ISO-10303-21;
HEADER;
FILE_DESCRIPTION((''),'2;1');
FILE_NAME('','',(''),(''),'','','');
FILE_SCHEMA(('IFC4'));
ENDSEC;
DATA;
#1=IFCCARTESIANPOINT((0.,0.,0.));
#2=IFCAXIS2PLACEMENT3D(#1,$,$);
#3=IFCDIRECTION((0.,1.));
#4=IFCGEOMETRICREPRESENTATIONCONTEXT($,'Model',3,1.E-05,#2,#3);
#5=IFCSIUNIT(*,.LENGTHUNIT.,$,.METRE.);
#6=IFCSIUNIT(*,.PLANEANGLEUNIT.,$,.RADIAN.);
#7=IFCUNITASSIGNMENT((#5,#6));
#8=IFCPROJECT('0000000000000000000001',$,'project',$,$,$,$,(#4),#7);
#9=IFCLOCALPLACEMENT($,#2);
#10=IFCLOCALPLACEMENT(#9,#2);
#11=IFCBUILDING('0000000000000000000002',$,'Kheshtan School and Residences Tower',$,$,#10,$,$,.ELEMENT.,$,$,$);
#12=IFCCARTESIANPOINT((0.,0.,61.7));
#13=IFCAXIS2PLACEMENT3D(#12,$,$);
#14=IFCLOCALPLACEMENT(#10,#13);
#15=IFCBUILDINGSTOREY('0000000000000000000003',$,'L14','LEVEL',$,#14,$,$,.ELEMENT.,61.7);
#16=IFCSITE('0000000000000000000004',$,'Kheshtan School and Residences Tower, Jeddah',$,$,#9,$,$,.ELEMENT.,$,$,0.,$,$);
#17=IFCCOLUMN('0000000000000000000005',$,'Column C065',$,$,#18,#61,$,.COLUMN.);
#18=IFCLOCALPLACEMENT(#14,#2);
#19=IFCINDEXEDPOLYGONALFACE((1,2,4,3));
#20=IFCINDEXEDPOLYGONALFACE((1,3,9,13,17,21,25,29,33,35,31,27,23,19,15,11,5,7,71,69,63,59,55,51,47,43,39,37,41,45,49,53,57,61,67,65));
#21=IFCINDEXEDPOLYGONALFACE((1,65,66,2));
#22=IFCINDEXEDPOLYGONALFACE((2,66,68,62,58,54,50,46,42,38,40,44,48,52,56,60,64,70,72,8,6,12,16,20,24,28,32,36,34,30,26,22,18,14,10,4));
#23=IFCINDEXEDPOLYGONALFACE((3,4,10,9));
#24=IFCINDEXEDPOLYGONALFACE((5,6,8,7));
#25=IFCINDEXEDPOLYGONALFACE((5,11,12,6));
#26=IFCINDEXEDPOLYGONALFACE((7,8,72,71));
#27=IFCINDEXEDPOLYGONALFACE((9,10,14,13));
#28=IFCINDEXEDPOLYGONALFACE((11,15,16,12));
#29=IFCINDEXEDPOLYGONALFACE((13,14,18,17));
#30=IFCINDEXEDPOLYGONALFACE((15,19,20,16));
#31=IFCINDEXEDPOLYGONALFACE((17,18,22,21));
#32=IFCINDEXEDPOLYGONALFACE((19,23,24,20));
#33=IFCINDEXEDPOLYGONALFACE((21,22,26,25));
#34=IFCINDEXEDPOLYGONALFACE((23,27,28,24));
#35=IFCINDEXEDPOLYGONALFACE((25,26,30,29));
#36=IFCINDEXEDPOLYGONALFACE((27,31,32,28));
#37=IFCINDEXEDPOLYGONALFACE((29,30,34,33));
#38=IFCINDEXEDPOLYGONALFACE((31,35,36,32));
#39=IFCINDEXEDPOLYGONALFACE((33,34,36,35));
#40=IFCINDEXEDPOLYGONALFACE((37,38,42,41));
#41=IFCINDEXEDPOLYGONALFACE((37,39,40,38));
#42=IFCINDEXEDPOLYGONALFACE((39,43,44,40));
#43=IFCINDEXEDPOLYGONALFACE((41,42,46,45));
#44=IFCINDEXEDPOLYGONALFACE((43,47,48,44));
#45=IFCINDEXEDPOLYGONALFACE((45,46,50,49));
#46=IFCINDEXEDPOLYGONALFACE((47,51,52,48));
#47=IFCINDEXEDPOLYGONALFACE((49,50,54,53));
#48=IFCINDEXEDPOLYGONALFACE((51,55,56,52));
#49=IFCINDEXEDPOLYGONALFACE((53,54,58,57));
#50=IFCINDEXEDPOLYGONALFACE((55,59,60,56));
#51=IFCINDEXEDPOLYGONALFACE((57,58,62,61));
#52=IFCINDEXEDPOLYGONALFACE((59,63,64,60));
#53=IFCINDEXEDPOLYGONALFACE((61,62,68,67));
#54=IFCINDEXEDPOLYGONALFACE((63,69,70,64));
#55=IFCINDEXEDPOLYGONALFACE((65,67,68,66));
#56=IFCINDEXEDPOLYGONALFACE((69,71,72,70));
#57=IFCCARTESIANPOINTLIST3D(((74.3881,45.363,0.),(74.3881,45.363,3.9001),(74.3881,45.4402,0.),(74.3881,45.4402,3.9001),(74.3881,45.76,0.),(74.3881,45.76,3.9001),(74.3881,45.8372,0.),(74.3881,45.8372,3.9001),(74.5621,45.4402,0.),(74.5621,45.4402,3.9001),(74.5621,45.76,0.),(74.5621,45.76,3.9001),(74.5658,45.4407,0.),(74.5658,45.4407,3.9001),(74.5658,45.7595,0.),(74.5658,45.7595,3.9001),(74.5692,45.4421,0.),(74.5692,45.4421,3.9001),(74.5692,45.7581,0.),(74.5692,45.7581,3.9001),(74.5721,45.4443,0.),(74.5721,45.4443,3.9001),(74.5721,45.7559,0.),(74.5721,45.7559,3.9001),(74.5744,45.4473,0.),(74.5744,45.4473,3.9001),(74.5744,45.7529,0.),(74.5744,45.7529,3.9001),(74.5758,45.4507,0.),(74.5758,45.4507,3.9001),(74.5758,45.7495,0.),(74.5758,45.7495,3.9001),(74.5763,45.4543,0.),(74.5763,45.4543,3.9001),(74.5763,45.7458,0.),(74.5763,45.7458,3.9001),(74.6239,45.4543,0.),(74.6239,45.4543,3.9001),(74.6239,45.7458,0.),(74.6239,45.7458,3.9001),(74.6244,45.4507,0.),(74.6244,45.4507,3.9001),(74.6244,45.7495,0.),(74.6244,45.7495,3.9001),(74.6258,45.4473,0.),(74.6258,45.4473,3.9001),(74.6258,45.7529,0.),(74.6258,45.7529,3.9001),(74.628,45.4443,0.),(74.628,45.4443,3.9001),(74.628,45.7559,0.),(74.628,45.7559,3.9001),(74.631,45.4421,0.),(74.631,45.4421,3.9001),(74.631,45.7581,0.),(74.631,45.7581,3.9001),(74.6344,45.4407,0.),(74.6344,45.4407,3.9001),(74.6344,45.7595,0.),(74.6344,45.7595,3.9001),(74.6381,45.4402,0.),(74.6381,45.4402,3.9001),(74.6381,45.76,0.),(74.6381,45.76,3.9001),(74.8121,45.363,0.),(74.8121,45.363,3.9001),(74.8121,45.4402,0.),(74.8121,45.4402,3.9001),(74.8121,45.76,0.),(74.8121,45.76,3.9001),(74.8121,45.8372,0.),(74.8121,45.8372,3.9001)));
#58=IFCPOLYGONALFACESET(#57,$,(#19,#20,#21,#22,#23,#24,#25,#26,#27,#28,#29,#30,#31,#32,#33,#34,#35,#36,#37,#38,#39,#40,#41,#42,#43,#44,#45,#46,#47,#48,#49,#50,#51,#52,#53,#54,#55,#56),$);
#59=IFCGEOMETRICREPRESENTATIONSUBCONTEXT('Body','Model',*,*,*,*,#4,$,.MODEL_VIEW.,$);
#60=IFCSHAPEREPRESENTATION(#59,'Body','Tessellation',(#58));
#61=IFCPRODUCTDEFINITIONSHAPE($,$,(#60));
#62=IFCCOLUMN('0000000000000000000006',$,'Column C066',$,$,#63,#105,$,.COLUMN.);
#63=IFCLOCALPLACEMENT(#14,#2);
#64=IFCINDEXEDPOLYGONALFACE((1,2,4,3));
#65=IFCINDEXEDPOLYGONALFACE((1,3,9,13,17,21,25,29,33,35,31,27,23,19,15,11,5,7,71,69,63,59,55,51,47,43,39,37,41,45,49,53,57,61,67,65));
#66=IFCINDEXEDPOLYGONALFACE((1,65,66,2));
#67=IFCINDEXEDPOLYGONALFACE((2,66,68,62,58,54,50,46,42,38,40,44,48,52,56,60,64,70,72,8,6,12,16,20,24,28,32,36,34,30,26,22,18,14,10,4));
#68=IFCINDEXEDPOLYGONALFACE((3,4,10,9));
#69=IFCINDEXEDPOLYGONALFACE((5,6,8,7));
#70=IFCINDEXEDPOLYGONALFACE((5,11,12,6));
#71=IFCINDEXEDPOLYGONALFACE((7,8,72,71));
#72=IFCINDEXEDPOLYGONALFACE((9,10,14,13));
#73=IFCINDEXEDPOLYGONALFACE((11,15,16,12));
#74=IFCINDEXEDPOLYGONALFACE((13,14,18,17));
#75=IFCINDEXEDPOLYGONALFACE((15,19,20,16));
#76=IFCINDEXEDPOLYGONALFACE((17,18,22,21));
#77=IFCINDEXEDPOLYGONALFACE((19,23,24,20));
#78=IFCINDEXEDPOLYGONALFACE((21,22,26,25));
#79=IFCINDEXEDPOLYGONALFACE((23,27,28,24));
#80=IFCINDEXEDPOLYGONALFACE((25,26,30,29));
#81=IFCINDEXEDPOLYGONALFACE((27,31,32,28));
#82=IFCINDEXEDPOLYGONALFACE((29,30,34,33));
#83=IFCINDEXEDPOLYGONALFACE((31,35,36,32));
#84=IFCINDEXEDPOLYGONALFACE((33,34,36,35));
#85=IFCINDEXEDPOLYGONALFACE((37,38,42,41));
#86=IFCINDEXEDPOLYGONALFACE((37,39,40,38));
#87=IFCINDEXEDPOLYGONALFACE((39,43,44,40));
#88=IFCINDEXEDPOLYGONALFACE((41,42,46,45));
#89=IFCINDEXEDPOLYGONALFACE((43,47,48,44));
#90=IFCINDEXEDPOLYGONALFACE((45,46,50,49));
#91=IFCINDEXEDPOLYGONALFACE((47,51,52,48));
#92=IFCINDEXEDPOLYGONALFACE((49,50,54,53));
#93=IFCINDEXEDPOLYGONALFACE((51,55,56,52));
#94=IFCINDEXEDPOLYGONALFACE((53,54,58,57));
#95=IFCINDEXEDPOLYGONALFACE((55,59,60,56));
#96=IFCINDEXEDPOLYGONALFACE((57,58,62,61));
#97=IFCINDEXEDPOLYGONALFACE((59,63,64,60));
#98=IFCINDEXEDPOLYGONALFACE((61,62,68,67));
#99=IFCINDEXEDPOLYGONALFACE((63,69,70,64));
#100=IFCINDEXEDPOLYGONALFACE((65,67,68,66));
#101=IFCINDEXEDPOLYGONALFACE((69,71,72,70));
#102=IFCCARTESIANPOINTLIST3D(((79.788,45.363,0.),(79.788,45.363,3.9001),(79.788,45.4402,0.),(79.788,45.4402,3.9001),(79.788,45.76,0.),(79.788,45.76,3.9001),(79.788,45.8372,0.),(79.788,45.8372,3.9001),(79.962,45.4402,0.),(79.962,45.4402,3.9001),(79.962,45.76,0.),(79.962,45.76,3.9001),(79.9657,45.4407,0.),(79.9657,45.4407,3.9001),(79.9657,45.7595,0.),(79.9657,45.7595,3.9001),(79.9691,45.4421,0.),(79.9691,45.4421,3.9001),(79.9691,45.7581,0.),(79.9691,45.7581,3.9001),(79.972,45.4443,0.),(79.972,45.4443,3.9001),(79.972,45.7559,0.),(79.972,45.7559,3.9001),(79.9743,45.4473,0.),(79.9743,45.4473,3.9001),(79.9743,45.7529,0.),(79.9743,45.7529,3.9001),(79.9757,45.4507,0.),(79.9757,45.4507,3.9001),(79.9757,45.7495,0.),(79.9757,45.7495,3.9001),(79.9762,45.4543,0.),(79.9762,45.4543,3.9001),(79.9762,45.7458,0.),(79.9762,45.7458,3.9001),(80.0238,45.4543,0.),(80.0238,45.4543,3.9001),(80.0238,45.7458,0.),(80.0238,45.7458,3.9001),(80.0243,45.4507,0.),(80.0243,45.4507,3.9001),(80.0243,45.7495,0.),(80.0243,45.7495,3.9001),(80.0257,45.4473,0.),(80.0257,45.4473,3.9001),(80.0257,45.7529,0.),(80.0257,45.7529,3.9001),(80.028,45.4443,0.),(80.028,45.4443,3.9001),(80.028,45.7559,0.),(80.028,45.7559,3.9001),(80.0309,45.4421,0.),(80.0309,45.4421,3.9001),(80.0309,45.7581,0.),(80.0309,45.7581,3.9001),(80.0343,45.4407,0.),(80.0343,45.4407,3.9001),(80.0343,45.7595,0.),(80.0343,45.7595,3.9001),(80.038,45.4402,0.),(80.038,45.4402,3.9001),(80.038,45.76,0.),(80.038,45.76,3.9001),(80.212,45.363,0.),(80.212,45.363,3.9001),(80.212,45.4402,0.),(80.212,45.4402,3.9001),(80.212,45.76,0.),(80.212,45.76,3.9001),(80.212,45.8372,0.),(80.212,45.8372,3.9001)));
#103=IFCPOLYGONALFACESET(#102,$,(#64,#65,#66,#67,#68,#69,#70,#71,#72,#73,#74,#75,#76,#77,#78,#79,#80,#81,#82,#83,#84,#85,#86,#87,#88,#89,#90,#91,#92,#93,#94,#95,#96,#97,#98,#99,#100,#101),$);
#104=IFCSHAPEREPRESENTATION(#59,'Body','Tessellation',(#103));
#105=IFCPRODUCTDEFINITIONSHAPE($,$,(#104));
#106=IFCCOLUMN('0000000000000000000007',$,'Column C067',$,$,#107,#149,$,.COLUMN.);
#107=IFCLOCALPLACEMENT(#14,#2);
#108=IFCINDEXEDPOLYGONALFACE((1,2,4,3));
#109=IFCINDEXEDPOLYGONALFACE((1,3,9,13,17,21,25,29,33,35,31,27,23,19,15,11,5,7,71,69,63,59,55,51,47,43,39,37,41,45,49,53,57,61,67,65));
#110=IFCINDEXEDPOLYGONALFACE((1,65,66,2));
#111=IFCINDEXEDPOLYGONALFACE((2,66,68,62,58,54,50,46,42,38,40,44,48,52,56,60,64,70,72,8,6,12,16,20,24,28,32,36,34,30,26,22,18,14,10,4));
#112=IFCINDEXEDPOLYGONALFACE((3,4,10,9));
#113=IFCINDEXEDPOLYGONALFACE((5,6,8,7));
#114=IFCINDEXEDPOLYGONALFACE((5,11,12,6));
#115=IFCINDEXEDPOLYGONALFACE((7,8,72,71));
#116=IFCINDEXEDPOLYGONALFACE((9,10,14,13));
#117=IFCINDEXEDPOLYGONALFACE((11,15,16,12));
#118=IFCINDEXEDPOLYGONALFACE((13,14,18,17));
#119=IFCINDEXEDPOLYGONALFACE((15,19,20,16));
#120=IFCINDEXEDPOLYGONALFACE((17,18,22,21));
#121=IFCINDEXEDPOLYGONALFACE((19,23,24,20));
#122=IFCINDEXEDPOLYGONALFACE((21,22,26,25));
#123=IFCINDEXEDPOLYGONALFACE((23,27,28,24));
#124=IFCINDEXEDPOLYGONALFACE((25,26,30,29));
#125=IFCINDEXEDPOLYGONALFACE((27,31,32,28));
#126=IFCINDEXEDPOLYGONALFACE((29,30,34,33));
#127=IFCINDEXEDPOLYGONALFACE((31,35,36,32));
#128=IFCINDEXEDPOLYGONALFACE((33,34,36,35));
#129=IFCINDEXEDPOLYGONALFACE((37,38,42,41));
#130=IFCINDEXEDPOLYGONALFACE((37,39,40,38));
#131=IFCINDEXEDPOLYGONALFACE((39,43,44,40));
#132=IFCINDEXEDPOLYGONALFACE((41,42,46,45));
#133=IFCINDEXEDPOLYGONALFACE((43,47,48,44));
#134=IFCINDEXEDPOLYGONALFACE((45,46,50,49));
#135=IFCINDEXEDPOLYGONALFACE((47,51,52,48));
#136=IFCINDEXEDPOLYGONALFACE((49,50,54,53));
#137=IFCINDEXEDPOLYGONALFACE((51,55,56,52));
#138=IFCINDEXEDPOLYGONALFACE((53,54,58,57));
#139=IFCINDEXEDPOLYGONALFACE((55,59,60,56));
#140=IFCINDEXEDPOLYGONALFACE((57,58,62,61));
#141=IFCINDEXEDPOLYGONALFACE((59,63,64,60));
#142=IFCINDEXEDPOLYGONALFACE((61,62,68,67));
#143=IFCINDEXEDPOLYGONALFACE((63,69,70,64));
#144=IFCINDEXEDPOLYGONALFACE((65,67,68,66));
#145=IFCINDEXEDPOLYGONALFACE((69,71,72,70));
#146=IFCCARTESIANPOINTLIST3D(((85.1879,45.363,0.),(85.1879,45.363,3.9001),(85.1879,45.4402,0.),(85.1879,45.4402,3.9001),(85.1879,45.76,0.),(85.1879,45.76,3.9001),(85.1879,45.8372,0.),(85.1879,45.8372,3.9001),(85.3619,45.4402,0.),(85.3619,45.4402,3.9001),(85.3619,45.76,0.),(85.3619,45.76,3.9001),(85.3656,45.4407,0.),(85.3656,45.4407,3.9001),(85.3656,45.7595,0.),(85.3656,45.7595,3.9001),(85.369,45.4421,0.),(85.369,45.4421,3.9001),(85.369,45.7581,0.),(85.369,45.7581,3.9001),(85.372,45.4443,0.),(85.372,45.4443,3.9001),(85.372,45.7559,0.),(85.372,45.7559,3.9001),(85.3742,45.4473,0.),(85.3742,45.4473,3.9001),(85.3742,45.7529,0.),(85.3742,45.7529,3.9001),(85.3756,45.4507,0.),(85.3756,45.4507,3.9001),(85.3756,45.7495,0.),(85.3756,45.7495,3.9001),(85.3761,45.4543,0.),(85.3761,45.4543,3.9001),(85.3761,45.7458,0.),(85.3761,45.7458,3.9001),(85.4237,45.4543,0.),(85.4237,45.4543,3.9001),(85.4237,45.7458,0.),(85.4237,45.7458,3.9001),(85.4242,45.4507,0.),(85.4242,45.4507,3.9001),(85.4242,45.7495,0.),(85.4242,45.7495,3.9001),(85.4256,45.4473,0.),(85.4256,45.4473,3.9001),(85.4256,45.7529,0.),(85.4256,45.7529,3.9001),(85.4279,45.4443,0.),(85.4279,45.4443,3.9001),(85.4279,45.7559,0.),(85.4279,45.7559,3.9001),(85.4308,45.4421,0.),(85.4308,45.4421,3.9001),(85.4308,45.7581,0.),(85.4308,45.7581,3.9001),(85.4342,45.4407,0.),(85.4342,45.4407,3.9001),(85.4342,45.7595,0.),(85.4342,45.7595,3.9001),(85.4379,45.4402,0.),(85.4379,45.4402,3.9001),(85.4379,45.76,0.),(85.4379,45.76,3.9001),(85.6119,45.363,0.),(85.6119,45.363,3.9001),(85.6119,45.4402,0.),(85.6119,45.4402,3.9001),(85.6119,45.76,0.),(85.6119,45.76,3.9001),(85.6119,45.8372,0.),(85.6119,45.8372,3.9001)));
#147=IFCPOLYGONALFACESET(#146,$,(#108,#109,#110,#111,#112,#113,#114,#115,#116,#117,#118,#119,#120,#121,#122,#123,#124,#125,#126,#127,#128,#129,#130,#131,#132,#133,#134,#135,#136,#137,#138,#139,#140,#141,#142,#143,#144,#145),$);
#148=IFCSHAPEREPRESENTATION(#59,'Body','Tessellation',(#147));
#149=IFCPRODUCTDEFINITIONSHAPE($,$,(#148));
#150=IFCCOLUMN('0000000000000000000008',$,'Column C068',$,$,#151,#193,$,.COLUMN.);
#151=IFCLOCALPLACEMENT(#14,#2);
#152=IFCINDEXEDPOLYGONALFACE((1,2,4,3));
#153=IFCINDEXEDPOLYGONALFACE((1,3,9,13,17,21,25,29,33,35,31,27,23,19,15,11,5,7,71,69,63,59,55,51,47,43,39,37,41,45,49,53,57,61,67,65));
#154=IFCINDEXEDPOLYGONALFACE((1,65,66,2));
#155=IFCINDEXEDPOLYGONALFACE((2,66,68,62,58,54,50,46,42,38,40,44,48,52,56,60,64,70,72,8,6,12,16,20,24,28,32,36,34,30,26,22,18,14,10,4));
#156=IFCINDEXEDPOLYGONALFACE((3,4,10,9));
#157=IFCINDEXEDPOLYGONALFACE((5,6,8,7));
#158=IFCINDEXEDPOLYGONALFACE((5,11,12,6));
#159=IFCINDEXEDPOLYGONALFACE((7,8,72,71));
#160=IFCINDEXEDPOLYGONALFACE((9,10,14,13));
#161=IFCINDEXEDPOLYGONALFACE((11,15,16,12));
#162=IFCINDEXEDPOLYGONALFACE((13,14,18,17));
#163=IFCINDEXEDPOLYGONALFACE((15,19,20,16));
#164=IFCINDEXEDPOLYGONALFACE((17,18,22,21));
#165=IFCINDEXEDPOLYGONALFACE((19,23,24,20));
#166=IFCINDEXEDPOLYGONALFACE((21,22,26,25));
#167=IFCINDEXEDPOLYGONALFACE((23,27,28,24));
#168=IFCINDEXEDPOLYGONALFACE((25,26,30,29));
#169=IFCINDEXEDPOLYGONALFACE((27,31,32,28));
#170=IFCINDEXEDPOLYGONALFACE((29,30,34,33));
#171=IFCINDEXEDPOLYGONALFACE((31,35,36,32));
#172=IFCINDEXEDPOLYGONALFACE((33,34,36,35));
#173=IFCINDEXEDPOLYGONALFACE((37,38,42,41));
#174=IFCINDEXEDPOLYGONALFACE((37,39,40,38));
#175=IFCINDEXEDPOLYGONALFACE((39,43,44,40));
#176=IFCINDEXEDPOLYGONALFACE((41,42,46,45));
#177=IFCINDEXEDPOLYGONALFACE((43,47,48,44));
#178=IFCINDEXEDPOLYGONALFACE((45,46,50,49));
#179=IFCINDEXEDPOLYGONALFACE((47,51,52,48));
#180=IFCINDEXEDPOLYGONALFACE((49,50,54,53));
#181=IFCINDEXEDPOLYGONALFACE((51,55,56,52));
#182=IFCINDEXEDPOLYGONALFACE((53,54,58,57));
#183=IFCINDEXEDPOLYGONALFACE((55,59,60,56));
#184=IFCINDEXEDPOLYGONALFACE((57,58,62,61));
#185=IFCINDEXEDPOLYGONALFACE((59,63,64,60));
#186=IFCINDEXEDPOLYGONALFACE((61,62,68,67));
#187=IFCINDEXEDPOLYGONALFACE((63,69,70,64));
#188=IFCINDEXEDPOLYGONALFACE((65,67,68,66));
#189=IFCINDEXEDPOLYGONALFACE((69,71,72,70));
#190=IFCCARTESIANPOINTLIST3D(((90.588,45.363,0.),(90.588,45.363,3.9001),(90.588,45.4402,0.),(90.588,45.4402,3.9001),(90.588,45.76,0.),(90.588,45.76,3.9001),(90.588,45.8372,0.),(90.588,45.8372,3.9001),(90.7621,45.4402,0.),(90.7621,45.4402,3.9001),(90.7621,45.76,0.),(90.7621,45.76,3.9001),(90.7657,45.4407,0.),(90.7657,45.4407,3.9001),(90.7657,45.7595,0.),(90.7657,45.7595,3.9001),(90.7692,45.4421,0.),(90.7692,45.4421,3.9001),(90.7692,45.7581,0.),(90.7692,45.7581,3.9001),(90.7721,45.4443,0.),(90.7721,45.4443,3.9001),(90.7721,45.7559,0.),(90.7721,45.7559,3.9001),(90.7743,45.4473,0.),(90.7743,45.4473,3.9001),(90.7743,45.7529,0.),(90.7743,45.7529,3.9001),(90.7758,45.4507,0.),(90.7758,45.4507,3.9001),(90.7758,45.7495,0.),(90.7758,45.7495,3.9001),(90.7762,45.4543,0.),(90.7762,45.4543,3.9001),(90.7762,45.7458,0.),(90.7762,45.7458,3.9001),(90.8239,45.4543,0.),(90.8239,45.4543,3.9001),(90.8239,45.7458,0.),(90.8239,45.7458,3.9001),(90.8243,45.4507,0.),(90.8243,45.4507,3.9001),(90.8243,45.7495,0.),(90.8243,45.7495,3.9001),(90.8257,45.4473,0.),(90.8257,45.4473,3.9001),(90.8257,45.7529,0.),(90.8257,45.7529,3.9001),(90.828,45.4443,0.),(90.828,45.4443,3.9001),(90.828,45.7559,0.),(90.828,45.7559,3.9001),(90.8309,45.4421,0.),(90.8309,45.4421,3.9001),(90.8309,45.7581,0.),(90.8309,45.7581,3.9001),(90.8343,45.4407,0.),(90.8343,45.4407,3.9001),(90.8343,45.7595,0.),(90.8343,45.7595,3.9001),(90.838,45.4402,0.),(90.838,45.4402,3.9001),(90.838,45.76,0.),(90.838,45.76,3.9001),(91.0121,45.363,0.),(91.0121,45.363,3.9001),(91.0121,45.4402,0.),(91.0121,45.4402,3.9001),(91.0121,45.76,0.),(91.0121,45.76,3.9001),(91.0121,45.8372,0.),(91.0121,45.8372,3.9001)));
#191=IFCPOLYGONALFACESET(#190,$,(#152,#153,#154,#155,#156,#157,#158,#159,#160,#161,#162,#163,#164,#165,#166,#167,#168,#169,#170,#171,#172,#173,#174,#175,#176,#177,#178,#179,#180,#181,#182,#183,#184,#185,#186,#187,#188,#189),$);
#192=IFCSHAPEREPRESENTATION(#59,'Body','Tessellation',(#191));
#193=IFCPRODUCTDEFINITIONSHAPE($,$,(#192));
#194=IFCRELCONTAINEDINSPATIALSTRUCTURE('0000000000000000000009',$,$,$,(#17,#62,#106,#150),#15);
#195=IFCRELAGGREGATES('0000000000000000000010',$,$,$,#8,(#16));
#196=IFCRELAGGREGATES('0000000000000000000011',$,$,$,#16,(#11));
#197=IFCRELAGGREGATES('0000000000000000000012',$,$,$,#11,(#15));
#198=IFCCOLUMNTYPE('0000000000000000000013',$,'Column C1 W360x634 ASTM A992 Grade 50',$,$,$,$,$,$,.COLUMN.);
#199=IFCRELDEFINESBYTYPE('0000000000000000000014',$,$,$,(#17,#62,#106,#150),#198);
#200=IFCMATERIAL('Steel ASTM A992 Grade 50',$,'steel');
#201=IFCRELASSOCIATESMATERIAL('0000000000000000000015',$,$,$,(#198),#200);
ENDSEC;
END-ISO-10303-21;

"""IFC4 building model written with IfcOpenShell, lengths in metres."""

from ifc_helpers import new_model, si_unit, direction, frame, origin, origin_2d, place, context, subcontext, project, spatial, i_section, extrude, material, material_profile, profile_set, type_object, element, save


model = new_model("IFC4")

# Units and contexts
model_context = context("Model", 3, precision=1e-05, world=origin(), true_north=direction((0.0, 1.0)))
body_context = subcontext(model_context, "Body", "Model", "MODEL_VIEW")
ifc_project = project(units=[si_unit("LENGTHUNIT", "METRE"), si_unit("PLANEANGLEUNIT", "RADIAN")], contexts=[model_context])

# Site, building, storey
site_placement = place(None, origin())
site = spatial("IfcSite", under=ifc_project, at=site_placement, Name="Kheshtan School and Residences Tower, Jeddah", CompositionType="ELEMENT", RefElevation=0.0)
building_placement = place(site_placement, origin())
building = spatial("IfcBuilding", under=site, at=building_placement, Name="Kheshtan School and Residences Tower", CompositionType="ELEMENT")
storey_placement = place(building_placement, frame((0.0, 0.0, 61.7)))
storey = spatial("IfcBuildingStorey", under=building, at=storey_placement, Name="L14", Description="LEVEL", CompositionType="ELEMENT", Elevation=61.7)

# Columns
ifc_material_1 = material(Name="Steel ASTM A992 Grade 50", Category="steel")
ifc_material_profile_1 = material_profile(ifc_material_1, i_section(OverallWidth=0.4241, OverallDepth=0.4741, WebThickness=0.0476, FlangeThickness=0.0771, FilletRadius=0.0142, at=origin_2d()), Name="W360x634")
ifc_profile_set_1 = profile_set([ifc_material_profile_1], Name="Steel ASTM A992 Grade 50")
column_type = type_object("IfcColumnType", Name="Column C1 W360x634 ASTM A992 Grade 50", PredefinedType="COLUMN", material=ifc_profile_set_1)
for number, where, z_axis, x_axis, name in (
    (1, (74.6001, 45.6001, 0.0), (0.0, 0.0, 1.0), (1.0, 0.0, 0.0), "Column C065"),
    (2, (80.0, 45.6001, 0.0), (0.0, 0.0, 1.0), (1.0, 0.0, 0.0), "Column C066"),
    (3, (85.3999, 45.6001, 0.0), (0.0, 0.0, 1.0), (1.0, 0.0, 0.0), "Column C067"),
    (4, (90.8, 45.6001, 0.0), (0.0, 0.0, 1.0), (1.0, 0.0, 0.0), "Column C068"),
):
    element("IfcColumn", number, at=place(storey_placement, frame(where, z_axis=z_axis, x_axis=x_axis)), inside=storey, type_object=column_type, Name=name, PredefinedType="COLUMN", context=body_context, shape_type="SweptSolid", body=[
        extrude(i_section(OverallWidth=0.4241, OverallDepth=0.4741, WebThickness=0.0476, FlangeThickness=0.0771, FilletRadius=0.0142, at=origin_2d()), origin(), (0.0, 0.0, 1.0), 3.9001),
    ])

save(model, "model.ifc")
